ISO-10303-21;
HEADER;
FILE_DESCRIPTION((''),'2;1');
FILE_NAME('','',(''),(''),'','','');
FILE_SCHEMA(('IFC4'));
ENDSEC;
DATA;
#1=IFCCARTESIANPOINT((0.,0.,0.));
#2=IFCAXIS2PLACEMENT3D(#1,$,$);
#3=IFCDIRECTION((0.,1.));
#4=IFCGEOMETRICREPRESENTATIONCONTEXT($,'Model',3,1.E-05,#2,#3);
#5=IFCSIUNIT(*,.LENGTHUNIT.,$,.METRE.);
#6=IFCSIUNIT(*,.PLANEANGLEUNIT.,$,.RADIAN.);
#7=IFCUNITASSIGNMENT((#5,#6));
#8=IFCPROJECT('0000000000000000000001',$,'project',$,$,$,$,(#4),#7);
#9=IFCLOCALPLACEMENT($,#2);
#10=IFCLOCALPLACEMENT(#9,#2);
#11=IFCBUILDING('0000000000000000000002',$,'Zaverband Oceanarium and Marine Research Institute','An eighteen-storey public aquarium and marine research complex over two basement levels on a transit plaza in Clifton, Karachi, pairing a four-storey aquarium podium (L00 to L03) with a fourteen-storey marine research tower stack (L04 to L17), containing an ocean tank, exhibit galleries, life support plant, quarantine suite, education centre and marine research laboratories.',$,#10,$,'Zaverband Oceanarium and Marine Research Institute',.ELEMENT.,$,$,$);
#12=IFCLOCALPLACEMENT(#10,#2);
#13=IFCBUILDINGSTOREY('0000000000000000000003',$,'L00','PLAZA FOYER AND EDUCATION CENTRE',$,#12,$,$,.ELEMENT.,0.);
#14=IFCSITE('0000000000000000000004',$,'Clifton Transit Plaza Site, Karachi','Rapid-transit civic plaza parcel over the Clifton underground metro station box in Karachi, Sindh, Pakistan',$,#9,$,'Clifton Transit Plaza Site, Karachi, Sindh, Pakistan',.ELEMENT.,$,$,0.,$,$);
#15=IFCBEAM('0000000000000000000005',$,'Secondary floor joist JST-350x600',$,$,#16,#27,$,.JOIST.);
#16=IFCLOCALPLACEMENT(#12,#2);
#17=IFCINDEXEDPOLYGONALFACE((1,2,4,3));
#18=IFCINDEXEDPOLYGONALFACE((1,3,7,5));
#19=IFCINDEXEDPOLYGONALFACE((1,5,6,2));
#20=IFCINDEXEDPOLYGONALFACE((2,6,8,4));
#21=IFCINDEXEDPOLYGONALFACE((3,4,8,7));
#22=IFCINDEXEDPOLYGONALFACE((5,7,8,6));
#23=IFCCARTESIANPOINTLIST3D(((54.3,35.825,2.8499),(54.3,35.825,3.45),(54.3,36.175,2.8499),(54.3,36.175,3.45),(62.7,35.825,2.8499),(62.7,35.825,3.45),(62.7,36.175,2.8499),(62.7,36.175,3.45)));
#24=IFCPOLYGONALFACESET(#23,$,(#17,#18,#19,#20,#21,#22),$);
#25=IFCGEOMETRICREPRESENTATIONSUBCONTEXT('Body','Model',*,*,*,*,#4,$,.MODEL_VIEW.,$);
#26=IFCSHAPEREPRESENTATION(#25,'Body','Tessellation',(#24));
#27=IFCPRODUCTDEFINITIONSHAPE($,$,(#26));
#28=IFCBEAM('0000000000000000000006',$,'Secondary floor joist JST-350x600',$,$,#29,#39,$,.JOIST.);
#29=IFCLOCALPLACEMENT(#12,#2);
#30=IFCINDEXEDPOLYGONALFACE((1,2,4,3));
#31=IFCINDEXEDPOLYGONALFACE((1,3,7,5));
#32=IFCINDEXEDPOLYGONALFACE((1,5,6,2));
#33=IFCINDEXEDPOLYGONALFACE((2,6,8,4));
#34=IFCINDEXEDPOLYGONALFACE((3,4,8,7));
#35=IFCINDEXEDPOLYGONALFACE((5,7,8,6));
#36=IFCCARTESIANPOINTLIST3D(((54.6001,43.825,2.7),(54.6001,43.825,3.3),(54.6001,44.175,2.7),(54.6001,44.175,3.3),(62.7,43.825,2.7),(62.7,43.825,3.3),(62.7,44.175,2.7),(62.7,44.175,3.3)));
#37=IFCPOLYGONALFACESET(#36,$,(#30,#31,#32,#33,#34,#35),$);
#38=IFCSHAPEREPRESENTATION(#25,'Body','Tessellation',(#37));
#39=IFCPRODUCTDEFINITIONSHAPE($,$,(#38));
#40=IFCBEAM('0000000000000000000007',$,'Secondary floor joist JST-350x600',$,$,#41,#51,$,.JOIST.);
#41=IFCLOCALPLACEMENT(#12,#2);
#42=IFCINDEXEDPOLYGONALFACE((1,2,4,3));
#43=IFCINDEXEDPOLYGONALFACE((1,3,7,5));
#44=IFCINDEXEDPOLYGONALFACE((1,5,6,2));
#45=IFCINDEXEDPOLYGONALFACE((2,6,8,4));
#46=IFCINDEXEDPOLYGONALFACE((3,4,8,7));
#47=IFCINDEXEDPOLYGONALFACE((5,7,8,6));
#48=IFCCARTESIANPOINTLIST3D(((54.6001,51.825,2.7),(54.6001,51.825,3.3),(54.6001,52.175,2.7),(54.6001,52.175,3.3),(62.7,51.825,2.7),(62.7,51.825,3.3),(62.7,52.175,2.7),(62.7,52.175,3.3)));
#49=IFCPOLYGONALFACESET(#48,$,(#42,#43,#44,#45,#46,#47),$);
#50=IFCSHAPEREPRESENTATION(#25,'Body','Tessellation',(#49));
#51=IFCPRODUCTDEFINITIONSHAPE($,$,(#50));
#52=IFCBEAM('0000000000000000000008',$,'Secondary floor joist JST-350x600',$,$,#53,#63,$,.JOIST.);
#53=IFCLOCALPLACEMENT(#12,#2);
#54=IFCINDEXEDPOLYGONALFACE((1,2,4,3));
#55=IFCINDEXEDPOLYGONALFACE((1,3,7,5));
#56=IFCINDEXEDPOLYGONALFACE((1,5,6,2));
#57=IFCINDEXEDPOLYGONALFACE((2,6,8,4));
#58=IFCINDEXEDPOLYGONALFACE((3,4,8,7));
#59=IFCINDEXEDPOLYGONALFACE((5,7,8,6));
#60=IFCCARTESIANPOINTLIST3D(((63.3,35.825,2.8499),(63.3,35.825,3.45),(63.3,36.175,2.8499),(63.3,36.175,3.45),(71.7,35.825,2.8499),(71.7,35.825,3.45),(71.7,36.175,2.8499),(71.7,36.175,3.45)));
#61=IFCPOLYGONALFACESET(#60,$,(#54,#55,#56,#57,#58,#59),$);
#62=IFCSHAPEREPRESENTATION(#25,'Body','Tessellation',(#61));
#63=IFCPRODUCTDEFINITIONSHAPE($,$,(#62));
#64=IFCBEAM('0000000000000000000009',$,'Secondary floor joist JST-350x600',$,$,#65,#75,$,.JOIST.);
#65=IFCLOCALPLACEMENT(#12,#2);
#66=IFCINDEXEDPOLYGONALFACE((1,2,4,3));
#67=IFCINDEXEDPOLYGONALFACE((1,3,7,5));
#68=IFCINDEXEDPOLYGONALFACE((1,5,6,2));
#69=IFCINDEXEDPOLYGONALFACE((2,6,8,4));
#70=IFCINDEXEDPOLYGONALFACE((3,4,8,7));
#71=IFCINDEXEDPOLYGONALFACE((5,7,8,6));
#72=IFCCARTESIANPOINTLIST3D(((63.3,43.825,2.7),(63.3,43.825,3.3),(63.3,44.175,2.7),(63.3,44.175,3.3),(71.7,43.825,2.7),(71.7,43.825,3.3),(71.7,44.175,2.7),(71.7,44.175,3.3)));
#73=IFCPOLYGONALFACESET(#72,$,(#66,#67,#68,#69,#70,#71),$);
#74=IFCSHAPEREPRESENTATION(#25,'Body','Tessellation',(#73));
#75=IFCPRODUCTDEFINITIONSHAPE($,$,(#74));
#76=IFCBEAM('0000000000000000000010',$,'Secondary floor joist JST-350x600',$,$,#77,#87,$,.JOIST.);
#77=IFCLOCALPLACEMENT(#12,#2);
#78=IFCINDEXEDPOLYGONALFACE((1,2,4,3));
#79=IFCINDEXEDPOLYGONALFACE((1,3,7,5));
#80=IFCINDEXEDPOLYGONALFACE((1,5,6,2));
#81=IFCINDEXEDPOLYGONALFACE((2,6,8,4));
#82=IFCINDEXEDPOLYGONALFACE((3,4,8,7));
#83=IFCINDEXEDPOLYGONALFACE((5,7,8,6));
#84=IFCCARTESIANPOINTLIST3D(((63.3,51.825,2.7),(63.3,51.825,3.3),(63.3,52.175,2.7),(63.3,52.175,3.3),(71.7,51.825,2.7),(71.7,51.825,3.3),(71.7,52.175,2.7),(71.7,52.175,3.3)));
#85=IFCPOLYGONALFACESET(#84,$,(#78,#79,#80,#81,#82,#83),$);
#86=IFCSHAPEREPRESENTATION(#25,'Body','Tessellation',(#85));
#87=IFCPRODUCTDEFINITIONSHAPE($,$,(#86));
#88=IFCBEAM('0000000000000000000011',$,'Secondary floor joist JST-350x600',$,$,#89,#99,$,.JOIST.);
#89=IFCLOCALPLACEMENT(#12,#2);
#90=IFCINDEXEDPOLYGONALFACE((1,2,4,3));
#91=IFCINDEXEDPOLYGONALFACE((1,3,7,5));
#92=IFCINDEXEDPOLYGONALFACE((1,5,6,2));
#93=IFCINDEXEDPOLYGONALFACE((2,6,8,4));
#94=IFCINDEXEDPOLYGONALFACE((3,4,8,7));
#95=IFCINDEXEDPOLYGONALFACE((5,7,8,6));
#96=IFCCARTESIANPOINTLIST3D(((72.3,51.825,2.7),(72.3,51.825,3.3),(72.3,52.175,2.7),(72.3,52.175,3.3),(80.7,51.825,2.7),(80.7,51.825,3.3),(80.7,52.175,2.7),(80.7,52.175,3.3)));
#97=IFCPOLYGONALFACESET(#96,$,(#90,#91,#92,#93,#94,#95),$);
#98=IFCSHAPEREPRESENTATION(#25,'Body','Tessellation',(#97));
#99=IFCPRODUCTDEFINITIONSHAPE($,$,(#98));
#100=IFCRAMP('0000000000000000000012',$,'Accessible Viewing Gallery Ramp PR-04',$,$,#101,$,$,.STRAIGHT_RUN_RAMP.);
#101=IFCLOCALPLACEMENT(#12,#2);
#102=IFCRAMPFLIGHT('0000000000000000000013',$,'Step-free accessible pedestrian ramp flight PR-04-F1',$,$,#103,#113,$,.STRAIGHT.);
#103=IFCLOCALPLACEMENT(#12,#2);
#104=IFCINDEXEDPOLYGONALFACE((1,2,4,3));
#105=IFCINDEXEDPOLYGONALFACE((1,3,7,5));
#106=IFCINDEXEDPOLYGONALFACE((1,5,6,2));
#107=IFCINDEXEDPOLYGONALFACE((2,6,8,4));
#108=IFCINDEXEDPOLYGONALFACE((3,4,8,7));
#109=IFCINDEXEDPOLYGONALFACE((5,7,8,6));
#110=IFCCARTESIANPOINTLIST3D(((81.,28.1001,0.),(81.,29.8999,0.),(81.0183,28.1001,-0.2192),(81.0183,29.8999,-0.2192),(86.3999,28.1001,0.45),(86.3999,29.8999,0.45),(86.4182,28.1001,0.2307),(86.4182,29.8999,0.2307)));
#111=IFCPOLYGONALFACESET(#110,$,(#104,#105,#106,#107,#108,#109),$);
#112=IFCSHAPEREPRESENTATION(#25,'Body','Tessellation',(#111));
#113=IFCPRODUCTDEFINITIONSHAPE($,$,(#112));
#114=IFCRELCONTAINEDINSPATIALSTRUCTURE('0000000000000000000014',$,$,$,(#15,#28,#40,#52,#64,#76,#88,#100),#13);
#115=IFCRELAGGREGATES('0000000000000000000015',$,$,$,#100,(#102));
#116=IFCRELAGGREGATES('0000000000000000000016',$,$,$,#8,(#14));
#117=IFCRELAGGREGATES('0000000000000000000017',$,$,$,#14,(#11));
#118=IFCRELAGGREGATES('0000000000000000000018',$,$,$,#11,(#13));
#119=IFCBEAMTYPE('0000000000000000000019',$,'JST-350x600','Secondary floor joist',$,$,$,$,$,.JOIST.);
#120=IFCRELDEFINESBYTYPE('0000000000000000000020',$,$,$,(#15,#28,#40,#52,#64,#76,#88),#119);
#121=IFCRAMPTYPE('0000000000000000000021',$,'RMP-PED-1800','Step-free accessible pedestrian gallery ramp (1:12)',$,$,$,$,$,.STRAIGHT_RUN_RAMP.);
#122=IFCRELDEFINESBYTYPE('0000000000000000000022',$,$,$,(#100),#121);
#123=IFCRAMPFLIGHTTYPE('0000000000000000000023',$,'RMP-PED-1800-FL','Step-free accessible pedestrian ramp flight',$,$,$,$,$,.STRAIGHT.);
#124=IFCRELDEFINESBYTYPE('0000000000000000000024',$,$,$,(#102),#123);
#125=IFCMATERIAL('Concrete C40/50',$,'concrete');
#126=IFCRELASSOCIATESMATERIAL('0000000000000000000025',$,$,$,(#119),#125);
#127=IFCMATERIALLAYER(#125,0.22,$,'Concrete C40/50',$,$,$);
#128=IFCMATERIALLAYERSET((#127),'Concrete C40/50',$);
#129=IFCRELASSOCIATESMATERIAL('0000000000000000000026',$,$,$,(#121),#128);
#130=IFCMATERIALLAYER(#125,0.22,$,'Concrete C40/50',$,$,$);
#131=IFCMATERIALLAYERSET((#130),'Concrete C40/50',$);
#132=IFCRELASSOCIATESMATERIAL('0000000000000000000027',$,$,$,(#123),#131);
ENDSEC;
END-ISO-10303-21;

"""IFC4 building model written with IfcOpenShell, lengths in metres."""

from ifc_helpers import new_model, si_unit, direction, frame, origin, origin_2d, place, context, subcontext, project, spatial, polyline, rectangle, outline, extrude, material, layer, layer_set, material_profile, profile_set, type_object, element, aggregate, save


model = new_model("IFC4")

# Units and contexts
model_context = context("Model", 3, precision=1e-05, world=origin(), true_north=direction((0.0, 1.0)))
body_context = subcontext(model_context, "Body", "Model", "MODEL_VIEW")
ifc_project = project(units=[si_unit("LENGTHUNIT", "METRE"), si_unit("PLANEANGLEUNIT", "RADIAN")], contexts=[model_context])

# Site, building, storey
site_placement = place(None, origin())
site = spatial("IfcSite", under=ifc_project, at=site_placement, Name="Clifton Transit Plaza Site, Karachi", Description="Rapid-transit civic plaza parcel over the Clifton underground metro station box in Karachi, Sindh, Pakistan", LongName="Clifton Transit Plaza Site, Karachi, Sindh, Pakistan", CompositionType="ELEMENT", RefElevation=0.0)
building_placement = place(site_placement, origin())
building = spatial("IfcBuilding", under=site, at=building_placement, Name="Zaverband Oceanarium and Marine Research Institute", Description="An eighteen-storey public aquarium and marine research complex over two basement levels on a transit plaza in Clifton, Karachi, pairing a four-storey aquarium podium (L00 to L03) with a fourteen-storey marine research tower stack (L04 to L17), containing an ocean tank, exhibit galleries, life support plant, quarantine suite, education centre and marine research laboratories.", LongName="Zaverband Oceanarium and Marine Research Institute", CompositionType="ELEMENT")
storey_placement = place(building_placement, origin())
storey = spatial("IfcBuildingStorey", under=building, at=storey_placement, Name="L00", Description="PLAZA FOYER AND EDUCATION CENTRE", CompositionType="ELEMENT", Elevation=0.0)

# Beams
ifc_material_1 = material(Name="Concrete C40/50", Category="concrete")
ifc_material_profile_1 = material_profile(ifc_material_1, rectangle(XDim=0.3501, YDim=0.6001, at=origin_2d()), Name="RC350x600")
ifc_profile_set_1 = profile_set([ifc_material_profile_1], Name="Concrete C40/50")
beam_type_1 = type_object("IfcBeamType", Name="JST-350x600", Description="Secondary floor joist", PredefinedType="JOIST", material=ifc_profile_set_1)
beam_placement = place(storey_placement, frame((54.3, 36.0, 3.1499), z_axis=(1.0, 0.0, 0.0), x_axis=(0.0, 1.0, 0.0)))
element("IfcBeam", 1, at=beam_placement, inside=storey, type_object=beam_type_1, Name="Secondary floor joist JST-350x600", PredefinedType="JOIST", context=body_context, shape_type="SweptSolid", body=[
    extrude(rectangle(XDim=0.3501, YDim=0.6001, at=origin_2d()), origin(), (0.0, 0.0, 1.0), 8.3999),
])
for number, where, z_axis, x_axis, name in (
    (2, (54.6001, 44.0, 3.0), (1.0, 0.0, 0.0), (0.0, 1.0, 0.0), "Secondary floor joist JST-350x600"),
    (3, (54.6001, 52.0, 3.0), (1.0, 0.0, 0.0), (0.0, 1.0, 0.0), "Secondary floor joist JST-350x600"),
):
    element("IfcBeam", number, at=place(storey_placement, frame(where, z_axis=z_axis, x_axis=x_axis)), inside=storey, type_object=beam_type_1, Name=name, PredefinedType="JOIST", context=body_context, shape_type="SweptSolid", body=[
        extrude(rectangle(XDim=0.3501, YDim=0.6001, at=origin_2d()), origin(), (0.0, 0.0, 1.0), 8.0999),
    ])
for number, where, z_axis, x_axis, name in (
    (4, (63.3, 36.0, 3.1499), (1.0, 0.0, 0.0), (0.0, 1.0, 0.0), "Secondary floor joist JST-350x600"),
    (5, (63.3, 44.0, 3.0), (1.0, 0.0, 0.0), (0.0, 1.0, 0.0), "Secondary floor joist JST-350x600"),
    (6, (63.3, 52.0, 3.0), (1.0, 0.0, 0.0), (0.0, 1.0, 0.0), "Secondary floor joist JST-350x600"),
    (7, (72.3, 52.0, 3.0), (1.0, 0.0, 0.0), (0.0, 1.0, 0.0), "Secondary floor joist JST-350x600"),
):
    element("IfcBeam", number, at=place(storey_placement, frame(where, z_axis=z_axis, x_axis=x_axis)), inside=storey, type_object=beam_type_1, Name=name, PredefinedType="JOIST", context=body_context, shape_type="SweptSolid", body=[
        extrude(rectangle(XDim=0.3501, YDim=0.6001, at=origin_2d()), origin(), (0.0, 0.0, 1.0), 8.3999),
    ])

# Ramp, ramp flight
ifc_layer_1 = layer(ifc_material_1, 0.22, Name="Concrete C40/50")
ifc_layer_set_1 = layer_set([ifc_layer_1], Name="Concrete C40/50")
ramp_type = type_object("IfcRampType", Name="RMP-PED-1800", Description="Step-free accessible pedestrian gallery ramp (1:12)", PredefinedType="STRAIGHT_RUN_RAMP", material=ifc_layer_set_1)
ramp_placement = place(storey_placement, origin())
ramp = element("IfcRamp", 8, at=ramp_placement, inside=storey, type_object=ramp_type, Name="Accessible Viewing Gallery Ramp PR-04", PredefinedType="STRAIGHT_RUN_RAMP")
ifc_layer_2 = layer(ifc_material_1, 0.22, Name="Concrete C40/50")
ifc_layer_set_2 = layer_set([ifc_layer_2], Name="Concrete C40/50")
ramp_flight_type = type_object("IfcRampFlightType", Name="RMP-PED-1800-FL", Description="Step-free accessible pedestrian ramp flight", PredefinedType="STRAIGHT", material=ifc_layer_set_2)
ramp_flight_placement = place(storey_placement, frame((81.0, 28.1001, 0.0), z_axis=(-0.083038, 0.0, 0.996546), x_axis=(0.0, 1.0, 0.0)))
ramp_flight = element("IfcRampFlight", 9, at=ramp_flight_placement, type_object=ramp_flight_type, Name="Step-free accessible pedestrian ramp flight PR-04-F1", PredefinedType="STRAIGHT", context=body_context, shape_type="SweptSolid", body=[
    extrude(outline(polyline([(0.0, 0.0), (1.7998, 0.0), (1.7998, -5.4186), (0.0, -5.4186), (0.0, 0.0)])), origin(), (0.0, 0.0, -1.0), 0.22),
])
aggregate(ramp, [ramp_flight])

save(model, "model.ifc")
